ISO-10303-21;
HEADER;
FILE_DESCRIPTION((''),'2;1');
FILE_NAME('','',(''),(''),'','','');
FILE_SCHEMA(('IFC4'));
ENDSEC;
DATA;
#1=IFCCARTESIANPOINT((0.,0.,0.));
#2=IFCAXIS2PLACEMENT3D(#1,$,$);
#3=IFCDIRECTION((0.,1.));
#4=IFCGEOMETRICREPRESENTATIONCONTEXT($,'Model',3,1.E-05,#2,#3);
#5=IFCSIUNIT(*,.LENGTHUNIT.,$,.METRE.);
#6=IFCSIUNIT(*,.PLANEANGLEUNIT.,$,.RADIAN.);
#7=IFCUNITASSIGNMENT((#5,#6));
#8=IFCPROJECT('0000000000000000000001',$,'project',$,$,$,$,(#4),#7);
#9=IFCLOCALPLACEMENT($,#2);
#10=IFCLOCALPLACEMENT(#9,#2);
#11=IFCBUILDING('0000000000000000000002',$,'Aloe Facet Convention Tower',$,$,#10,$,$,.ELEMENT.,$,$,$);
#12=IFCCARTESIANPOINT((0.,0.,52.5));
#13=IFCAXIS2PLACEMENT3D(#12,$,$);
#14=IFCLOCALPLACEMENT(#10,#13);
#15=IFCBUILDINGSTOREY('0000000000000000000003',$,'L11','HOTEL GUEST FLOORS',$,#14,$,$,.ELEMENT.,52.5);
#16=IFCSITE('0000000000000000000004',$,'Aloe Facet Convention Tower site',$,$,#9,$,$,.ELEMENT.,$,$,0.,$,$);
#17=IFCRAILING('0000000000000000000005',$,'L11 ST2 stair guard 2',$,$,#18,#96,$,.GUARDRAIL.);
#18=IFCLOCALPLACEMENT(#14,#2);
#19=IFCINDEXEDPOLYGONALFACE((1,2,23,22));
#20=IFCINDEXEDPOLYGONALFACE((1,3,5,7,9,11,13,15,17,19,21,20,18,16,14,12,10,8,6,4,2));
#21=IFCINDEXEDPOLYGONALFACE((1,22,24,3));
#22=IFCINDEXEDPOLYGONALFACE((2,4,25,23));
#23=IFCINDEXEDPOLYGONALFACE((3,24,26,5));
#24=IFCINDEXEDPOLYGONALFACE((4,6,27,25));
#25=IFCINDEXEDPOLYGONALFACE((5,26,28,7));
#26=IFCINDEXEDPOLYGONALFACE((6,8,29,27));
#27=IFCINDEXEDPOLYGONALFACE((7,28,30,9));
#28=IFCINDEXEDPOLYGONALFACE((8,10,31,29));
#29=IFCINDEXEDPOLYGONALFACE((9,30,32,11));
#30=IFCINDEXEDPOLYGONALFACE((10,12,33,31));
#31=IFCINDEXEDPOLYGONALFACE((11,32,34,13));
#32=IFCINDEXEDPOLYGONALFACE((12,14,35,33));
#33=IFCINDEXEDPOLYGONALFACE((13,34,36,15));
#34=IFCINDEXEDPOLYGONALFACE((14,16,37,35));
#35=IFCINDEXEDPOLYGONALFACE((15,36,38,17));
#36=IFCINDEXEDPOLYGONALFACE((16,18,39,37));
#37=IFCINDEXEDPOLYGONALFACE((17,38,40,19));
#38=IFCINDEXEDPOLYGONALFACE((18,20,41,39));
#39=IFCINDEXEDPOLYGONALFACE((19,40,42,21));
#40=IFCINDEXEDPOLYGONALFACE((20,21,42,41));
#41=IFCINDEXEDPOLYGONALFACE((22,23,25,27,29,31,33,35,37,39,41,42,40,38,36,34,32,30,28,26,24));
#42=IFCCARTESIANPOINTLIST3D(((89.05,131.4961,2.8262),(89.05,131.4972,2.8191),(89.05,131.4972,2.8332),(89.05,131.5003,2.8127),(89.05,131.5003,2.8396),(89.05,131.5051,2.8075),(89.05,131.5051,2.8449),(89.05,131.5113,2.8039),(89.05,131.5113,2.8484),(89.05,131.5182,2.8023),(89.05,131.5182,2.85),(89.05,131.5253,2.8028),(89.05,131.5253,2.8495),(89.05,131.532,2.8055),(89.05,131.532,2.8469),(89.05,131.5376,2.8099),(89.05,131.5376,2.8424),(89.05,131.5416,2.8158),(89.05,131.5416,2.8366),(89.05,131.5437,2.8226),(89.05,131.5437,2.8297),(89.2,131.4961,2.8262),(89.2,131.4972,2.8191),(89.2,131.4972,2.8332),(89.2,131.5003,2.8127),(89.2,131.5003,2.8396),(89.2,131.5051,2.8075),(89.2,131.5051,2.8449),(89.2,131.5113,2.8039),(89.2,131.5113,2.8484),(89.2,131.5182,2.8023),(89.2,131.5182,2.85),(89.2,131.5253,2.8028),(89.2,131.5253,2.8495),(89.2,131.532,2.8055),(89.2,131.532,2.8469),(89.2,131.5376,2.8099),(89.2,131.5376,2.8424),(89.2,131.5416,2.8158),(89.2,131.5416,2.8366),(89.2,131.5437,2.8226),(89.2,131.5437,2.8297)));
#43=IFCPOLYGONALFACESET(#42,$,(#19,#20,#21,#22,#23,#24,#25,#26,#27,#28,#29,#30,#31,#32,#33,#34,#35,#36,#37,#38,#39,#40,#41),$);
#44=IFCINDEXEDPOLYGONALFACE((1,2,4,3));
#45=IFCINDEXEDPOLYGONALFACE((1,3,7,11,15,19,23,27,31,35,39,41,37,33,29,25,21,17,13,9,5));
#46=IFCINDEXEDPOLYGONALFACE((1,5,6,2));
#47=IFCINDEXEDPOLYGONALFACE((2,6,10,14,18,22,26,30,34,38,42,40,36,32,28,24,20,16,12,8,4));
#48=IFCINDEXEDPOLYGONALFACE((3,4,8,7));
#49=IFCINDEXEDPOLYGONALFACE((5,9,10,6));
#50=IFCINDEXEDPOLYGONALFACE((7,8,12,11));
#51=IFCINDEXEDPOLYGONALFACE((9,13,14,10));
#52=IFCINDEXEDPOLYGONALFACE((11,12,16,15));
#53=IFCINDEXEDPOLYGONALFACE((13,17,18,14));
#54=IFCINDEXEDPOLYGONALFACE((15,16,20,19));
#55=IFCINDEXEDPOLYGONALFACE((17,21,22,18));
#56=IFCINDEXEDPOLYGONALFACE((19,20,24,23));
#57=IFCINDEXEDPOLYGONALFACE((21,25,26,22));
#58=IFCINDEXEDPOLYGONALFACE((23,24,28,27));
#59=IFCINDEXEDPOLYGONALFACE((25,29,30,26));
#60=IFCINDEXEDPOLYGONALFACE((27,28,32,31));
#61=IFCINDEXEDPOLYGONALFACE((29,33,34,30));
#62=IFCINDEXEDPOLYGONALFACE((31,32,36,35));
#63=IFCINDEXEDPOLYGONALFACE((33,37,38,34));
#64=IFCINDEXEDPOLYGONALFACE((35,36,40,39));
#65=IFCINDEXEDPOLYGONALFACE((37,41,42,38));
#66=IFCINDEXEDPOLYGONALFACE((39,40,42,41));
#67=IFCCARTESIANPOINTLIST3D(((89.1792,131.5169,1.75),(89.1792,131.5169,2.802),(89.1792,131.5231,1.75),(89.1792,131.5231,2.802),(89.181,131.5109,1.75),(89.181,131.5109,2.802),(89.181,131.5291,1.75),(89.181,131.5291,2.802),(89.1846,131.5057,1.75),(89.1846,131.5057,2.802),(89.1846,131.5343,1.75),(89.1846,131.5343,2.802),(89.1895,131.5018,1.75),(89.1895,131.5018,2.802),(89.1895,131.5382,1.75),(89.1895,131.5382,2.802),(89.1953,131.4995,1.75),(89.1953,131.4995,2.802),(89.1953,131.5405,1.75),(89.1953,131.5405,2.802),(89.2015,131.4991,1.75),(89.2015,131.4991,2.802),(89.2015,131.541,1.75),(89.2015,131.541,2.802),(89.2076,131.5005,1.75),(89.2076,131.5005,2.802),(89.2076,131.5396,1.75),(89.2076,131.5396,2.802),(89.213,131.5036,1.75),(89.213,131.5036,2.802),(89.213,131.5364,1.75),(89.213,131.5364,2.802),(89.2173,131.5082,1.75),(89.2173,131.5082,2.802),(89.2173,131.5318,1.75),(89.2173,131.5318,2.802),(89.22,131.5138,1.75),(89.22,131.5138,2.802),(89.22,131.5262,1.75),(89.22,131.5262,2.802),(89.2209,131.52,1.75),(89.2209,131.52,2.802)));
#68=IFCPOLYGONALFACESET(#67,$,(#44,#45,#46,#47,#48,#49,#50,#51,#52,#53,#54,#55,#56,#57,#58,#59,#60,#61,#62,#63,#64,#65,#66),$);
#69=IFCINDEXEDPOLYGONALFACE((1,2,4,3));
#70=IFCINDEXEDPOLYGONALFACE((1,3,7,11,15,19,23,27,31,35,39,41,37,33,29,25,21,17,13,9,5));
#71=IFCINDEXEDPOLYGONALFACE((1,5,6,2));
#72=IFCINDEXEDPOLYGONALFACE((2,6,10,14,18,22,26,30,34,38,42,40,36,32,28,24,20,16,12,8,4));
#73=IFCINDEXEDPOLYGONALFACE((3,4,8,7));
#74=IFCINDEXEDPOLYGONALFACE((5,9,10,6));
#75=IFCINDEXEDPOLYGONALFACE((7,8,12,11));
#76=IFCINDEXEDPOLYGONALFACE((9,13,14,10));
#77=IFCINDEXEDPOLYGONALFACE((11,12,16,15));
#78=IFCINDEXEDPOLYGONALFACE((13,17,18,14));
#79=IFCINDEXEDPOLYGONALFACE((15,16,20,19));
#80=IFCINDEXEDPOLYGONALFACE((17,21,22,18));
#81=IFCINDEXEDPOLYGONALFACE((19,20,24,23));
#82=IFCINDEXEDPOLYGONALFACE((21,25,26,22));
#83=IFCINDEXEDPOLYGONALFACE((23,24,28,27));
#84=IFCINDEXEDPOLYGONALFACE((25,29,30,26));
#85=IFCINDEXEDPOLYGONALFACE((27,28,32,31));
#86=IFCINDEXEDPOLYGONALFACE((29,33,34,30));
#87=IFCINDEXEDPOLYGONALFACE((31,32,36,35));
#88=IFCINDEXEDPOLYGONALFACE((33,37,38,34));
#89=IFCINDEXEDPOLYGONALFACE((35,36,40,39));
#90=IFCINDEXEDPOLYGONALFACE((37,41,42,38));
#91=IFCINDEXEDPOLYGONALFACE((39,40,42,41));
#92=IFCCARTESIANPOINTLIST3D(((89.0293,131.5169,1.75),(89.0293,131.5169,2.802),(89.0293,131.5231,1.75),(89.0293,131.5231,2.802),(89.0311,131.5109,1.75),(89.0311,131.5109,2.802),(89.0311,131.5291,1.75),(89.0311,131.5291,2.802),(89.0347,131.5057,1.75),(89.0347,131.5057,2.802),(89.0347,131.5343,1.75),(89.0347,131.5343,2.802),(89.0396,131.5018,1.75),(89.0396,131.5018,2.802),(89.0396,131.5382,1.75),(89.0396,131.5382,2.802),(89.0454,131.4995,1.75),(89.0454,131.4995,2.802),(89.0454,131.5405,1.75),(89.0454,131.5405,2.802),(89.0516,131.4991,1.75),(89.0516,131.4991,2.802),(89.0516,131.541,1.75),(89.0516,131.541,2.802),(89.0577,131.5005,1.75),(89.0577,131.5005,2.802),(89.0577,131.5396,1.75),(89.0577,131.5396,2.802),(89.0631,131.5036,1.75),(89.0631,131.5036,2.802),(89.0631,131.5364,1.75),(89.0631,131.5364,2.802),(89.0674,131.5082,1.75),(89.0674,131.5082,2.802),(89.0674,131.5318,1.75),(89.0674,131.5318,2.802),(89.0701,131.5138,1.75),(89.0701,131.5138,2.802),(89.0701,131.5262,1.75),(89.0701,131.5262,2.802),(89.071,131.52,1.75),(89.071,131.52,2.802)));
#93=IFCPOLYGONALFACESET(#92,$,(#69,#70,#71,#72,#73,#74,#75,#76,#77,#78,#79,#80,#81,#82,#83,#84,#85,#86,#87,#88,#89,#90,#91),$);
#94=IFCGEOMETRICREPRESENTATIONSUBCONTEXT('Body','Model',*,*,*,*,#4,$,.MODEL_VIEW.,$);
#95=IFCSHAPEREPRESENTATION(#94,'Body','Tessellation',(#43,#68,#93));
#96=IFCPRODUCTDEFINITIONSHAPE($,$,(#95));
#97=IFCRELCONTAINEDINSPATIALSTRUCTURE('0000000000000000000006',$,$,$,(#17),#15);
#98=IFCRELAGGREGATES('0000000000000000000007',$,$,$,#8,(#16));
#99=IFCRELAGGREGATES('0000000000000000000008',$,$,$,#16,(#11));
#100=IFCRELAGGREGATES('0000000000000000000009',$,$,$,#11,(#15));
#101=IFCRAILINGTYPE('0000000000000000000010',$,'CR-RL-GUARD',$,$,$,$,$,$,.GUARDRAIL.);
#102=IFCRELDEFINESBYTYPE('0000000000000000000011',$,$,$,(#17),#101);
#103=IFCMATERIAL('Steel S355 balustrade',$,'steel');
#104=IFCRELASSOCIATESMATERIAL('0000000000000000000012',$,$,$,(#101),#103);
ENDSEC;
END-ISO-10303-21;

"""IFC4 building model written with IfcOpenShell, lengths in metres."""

from ifc_helpers import new_model, si_unit, direction, frame, origin, origin_2d, place, context, subcontext, project, spatial, circle, extrude, material, type_object, element, save


model = new_model("IFC4")

# Units and contexts
model_context = context("Model", 3, precision=1e-05, world=origin(), true_north=direction((0.0, 1.0)))
body_context = subcontext(model_context, "Body", "Model", "MODEL_VIEW")
ifc_project = project(units=[si_unit("LENGTHUNIT", "METRE"), si_unit("PLANEANGLEUNIT", "RADIAN")], contexts=[model_context])

# Site, building, storey
site_placement = place(None, origin())
site = spatial("IfcSite", under=ifc_project, at=site_placement, Name="Aloe Facet Convention Tower site", CompositionType="ELEMENT", RefElevation=0.0)
building_placement = place(site_placement, origin())
building = spatial("IfcBuilding", under=site, at=building_placement, Name="Aloe Facet Convention Tower", CompositionType="ELEMENT")
storey_placement = place(building_placement, frame((0.0, 0.0, 52.5)))
storey = spatial("IfcBuildingStorey", under=building, at=storey_placement, Name="L11", Description="HOTEL GUEST FLOORS", CompositionType="ELEMENT", Elevation=52.5)

# Railing
ifc_material_1 = material(Name="Steel S355 balustrade", Category="steel")
railing_type_1 = type_object("IfcRailingType", Name="CR-RL-GUARD", PredefinedType="GUARDRAIL", material=ifc_material_1)
railing_1_placement = place(storey_placement, frame((89.2, 131.52, 1.75)))
element("IfcRailing", 1, at=railing_1_placement, inside=storey, type_object=railing_type_1, Name="L11 ST2 stair guard 2", PredefinedType="GUARDRAIL", context=body_context, shape_type="SweptSolid", body=[
    extrude(circle(Radius=0.0239, at=origin_2d()), frame((0.0, 0.0, 1.0762), z_axis=(-1.0, 0.0, 0.0), x_axis=(0.0, -1.0, 0.0)), (0.0, 0.0, 1.0), 0.1499),
    extrude(circle(Radius=0.021, at=origin_2d()), origin(), (0.0, 0.0, 1.0), 1.052),
    extrude(circle(Radius=0.021, at=origin_2d()), frame((-0.1499, 0.0, 0.0)), (0.0, 0.0, 1.0), 1.052),
])

save(model, "model.ifc")
